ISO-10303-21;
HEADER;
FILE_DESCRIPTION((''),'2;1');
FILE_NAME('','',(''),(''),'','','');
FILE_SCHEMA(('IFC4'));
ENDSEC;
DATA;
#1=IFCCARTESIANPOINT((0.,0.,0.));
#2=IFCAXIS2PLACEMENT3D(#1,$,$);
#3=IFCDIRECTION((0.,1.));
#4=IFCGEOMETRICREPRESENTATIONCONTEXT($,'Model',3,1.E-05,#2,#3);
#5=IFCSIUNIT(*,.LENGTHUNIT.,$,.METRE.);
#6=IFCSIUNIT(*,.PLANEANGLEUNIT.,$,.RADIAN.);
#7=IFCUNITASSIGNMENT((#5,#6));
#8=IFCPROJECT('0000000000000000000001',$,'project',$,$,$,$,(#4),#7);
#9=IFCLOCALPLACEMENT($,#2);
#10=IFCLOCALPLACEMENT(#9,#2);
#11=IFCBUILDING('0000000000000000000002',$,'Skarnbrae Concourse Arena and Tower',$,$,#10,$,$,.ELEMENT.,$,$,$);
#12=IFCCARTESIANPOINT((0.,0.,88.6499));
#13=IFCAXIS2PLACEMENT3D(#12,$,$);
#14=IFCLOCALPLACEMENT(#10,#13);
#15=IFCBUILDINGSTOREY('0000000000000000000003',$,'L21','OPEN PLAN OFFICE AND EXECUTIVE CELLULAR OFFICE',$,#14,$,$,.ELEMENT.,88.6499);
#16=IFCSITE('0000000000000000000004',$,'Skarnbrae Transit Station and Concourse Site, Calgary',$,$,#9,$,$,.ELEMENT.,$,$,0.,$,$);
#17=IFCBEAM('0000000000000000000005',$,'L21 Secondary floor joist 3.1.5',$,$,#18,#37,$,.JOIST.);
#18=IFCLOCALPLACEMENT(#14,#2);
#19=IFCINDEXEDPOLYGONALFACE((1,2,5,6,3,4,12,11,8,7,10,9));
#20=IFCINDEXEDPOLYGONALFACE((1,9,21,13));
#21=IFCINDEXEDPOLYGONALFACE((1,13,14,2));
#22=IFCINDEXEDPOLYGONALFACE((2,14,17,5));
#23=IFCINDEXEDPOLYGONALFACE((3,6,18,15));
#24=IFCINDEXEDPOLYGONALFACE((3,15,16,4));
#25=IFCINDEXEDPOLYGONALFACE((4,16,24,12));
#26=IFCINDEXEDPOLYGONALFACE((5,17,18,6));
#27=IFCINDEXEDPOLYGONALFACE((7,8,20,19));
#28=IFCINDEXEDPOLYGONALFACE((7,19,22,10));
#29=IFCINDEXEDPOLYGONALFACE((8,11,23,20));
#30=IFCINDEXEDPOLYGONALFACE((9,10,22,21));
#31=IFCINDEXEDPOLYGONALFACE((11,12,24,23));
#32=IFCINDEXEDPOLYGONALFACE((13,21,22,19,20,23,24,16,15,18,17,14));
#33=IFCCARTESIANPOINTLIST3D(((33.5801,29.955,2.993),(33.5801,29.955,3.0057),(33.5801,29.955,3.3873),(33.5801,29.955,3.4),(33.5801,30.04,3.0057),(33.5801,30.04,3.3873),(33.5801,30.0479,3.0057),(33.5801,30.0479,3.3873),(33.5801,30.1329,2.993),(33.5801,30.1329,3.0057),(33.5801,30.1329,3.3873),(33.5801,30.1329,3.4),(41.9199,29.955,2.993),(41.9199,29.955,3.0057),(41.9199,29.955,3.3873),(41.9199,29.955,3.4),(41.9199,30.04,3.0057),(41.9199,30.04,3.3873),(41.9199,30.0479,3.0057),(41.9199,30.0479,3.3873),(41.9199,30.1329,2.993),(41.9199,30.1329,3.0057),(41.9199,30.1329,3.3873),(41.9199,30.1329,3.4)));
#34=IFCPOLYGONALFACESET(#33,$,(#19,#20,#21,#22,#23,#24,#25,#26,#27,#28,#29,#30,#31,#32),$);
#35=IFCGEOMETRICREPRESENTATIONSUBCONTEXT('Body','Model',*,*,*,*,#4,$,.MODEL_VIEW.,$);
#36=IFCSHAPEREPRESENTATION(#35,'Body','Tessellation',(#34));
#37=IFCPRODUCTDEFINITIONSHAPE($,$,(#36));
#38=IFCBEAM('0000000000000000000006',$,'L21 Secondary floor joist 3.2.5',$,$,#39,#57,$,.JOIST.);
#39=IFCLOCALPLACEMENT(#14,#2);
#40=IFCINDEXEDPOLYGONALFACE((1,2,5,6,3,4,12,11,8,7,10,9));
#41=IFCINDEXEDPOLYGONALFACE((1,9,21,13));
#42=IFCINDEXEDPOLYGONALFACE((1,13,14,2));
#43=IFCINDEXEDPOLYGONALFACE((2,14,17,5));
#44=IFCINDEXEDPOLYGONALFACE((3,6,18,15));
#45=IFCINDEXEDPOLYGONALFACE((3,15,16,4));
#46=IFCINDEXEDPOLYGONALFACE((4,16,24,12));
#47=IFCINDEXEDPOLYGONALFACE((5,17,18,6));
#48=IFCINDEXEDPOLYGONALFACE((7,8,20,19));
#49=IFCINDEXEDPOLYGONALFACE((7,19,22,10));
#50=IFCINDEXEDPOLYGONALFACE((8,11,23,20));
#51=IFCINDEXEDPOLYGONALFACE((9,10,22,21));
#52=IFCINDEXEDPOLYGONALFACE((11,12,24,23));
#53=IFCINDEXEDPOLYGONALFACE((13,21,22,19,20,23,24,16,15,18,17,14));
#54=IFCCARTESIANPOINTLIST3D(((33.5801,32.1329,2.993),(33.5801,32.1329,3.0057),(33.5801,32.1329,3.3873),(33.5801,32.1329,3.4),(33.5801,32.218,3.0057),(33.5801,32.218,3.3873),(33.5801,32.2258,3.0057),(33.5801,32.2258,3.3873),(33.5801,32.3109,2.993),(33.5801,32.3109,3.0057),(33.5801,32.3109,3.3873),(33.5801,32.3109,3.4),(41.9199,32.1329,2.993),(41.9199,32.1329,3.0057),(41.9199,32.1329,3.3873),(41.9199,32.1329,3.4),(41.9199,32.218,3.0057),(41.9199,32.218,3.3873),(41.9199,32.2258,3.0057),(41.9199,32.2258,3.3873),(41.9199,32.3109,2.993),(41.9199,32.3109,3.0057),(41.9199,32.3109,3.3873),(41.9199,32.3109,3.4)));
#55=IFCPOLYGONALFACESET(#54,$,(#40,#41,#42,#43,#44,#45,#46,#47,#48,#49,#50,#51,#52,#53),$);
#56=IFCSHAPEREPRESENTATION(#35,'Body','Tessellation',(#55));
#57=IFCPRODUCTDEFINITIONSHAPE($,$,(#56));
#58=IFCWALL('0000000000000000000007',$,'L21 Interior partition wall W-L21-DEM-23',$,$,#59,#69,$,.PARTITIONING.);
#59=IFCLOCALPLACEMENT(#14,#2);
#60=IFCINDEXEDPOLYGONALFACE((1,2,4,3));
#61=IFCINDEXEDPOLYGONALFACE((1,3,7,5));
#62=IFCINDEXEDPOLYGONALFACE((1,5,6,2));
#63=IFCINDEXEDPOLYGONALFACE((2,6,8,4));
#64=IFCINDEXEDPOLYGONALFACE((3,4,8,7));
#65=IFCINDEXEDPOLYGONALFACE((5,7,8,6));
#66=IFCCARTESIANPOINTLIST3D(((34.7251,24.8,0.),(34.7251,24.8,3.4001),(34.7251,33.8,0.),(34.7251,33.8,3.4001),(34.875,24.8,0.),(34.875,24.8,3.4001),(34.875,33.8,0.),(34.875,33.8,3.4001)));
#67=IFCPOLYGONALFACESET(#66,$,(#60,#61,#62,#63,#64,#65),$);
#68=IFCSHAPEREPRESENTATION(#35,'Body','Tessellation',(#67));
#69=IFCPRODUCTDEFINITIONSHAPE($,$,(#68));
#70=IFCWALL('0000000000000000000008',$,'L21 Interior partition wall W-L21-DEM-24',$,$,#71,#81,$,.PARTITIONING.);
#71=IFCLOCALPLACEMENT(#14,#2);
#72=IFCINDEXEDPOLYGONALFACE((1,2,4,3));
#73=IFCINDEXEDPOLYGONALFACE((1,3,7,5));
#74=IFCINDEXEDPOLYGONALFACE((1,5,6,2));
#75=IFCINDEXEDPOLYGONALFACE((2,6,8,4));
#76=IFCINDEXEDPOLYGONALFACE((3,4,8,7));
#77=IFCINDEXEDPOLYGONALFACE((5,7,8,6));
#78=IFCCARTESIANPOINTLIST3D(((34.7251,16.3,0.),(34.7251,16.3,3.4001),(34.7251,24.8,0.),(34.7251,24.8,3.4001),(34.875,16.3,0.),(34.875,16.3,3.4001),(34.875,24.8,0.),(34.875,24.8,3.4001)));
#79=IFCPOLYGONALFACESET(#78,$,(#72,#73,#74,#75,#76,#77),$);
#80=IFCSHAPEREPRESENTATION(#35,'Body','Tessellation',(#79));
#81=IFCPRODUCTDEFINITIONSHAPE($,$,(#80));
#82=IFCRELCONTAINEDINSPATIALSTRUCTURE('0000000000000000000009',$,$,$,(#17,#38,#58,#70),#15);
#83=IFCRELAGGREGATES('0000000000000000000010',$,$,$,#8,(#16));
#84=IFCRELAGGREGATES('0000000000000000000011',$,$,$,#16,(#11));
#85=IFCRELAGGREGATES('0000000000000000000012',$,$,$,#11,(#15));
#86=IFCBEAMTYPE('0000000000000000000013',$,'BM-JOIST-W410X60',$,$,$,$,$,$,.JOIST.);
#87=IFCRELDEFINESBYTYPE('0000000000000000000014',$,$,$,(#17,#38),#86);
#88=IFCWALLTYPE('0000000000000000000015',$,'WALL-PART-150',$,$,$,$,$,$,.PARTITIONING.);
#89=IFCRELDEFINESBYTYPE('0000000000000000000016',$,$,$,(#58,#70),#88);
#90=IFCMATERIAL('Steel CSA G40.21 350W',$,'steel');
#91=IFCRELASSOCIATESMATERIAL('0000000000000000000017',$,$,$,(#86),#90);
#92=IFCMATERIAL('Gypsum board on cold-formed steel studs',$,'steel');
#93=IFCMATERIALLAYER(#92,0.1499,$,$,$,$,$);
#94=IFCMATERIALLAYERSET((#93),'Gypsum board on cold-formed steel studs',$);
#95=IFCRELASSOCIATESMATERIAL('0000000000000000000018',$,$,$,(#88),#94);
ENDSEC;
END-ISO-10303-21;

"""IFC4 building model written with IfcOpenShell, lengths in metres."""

from ifc_helpers import new_model, si_unit, direction, frame, frame_2d, origin, origin_2d, place, context, subcontext, project, spatial, rectangle, i_section, extrude, source, transform, mapped, material, layer, layer_set, material_profile, profile_set, type_object, element, save


model = new_model("IFC4")

# Units and contexts
model_context = context("Model", 3, precision=1e-05, world=origin(), true_north=direction((0.0, 1.0)))
body_context = subcontext(model_context, "Body", "Model", "MODEL_VIEW")
ifc_project = project(units=[si_unit("LENGTHUNIT", "METRE"), si_unit("PLANEANGLEUNIT", "RADIAN")], contexts=[model_context])

# Site, building, storey
site_placement = place(None, origin())
site = spatial("IfcSite", under=ifc_project, at=site_placement, Name="Skarnbrae Transit Station and Concourse Site, Calgary", CompositionType="ELEMENT", RefElevation=0.0)
building_placement = place(site_placement, origin())
building = spatial("IfcBuilding", under=site, at=building_placement, Name="Skarnbrae Concourse Arena and Tower", CompositionType="ELEMENT")
storey_placement = place(building_placement, frame((0.0, 0.0, 88.6499)))
storey = spatial("IfcBuildingStorey", under=building, at=storey_placement, Name="L21", Description="OPEN PLAN OFFICE AND EXECUTIVE CELLULAR OFFICE", CompositionType="ELEMENT", Elevation=88.6499)

# Shared definitions
ifc_material_1 = material(Name="Steel CSA G40.21 350W", Category="steel")

# Beams
ifc_material_profile_1 = material_profile(ifc_material_1, i_section(OverallWidth=0.178, OverallDepth=0.407, WebThickness=0.0078, FlangeThickness=0.0127, at=origin_2d()), Name="W410X60")
ifc_profile_set_1 = profile_set([ifc_material_profile_1], Name="Steel CSA G40.21 350W")
beam_type_1 = type_object("IfcBeamType", Name="BM-JOIST-W410X60", PredefinedType="JOIST", material=ifc_profile_set_1)
shared_shape_1 = source(origin(), body_context, "Body", "SweptSolid", [
    extrude(i_section(OverallWidth=0.178, OverallDepth=0.407, WebThickness=0.0078, FlangeThickness=0.0127, at=origin_2d()), origin(), (0.0, 0.0, 1.0), 8.3398),
])
for number, where, z_axis, x_axis, name in (
    (1, (33.5801, 30.0439, 3.1965), (1.0, 0.0, 0.0), (0.0, 1.0, 0.0), "L21 Secondary floor joist 3.1.5"),
    (2, (33.5801, 32.2219, 3.1965), (1.0, 0.0, 0.0), (0.0, 1.0, 0.0), "L21 Secondary floor joist 3.2.5"),
):
    element("IfcBeam", number, at=place(storey_placement, frame(where, z_axis=z_axis, x_axis=x_axis)), inside=storey, type_object=beam_type_1, Name=name, PredefinedType="JOIST", context=body_context, shape_type="MappedRepresentation", body=[
        mapped(shared_shape_1, transform((0.0, 0.0, 0.0))),
    ])

# Walls
ifc_material_2 = material(Name="Gypsum board on cold-formed steel studs", Category="steel")
ifc_layer = layer(ifc_material_2, 0.1499)
ifc_layer_set = layer_set([ifc_layer], Name="Gypsum board on cold-formed steel studs")
wall_type = type_object("IfcWallType", Name="WALL-PART-150", PredefinedType="PARTITIONING", material=ifc_layer_set)
shared_shape_2 = source(origin(), body_context, "Body", "SweptSolid", [
    extrude(rectangle(XDim=9.0, YDim=0.1499, at=frame_2d((4.5, 0.0))), origin(), (0.0, 0.0, 1.0), 3.4001),
])
wall_1_placement = place(storey_placement, frame((34.8, 33.8, 0.0), z_axis=(0.0, 0.0, 1.0), x_axis=(0.0, -1.0, 0.0)))
element("IfcWall", 3, at=wall_1_placement, inside=storey, type_object=wall_type, Name="L21 Interior partition wall W-L21-DEM-23", PredefinedType="PARTITIONING", context=body_context, shape_type="MappedRepresentation", body=[
    mapped(shared_shape_2, transform((0.0, 0.0, 0.0))),
])
shared_shape_3 = source(origin(), body_context, "Body", "SweptSolid", [
    extrude(rectangle(XDim=8.5, YDim=0.1499, at=frame_2d((4.25, 0.0))), origin(), (0.0, 0.0, 1.0), 3.4001),
])
wall_2_placement = place(storey_placement, frame((34.8, 24.8, 0.0), z_axis=(0.0, 0.0, 1.0), x_axis=(0.0, -1.0, 0.0)))
element("IfcWall", 4, at=wall_2_placement, inside=storey, type_object=wall_type, Name="L21 Interior partition wall W-L21-DEM-24", PredefinedType="PARTITIONING", context=body_context, shape_type="MappedRepresentation", body=[
    mapped(shared_shape_3, transform((0.0, 0.0, 0.0))),
])

save(model, "model.ifc")
